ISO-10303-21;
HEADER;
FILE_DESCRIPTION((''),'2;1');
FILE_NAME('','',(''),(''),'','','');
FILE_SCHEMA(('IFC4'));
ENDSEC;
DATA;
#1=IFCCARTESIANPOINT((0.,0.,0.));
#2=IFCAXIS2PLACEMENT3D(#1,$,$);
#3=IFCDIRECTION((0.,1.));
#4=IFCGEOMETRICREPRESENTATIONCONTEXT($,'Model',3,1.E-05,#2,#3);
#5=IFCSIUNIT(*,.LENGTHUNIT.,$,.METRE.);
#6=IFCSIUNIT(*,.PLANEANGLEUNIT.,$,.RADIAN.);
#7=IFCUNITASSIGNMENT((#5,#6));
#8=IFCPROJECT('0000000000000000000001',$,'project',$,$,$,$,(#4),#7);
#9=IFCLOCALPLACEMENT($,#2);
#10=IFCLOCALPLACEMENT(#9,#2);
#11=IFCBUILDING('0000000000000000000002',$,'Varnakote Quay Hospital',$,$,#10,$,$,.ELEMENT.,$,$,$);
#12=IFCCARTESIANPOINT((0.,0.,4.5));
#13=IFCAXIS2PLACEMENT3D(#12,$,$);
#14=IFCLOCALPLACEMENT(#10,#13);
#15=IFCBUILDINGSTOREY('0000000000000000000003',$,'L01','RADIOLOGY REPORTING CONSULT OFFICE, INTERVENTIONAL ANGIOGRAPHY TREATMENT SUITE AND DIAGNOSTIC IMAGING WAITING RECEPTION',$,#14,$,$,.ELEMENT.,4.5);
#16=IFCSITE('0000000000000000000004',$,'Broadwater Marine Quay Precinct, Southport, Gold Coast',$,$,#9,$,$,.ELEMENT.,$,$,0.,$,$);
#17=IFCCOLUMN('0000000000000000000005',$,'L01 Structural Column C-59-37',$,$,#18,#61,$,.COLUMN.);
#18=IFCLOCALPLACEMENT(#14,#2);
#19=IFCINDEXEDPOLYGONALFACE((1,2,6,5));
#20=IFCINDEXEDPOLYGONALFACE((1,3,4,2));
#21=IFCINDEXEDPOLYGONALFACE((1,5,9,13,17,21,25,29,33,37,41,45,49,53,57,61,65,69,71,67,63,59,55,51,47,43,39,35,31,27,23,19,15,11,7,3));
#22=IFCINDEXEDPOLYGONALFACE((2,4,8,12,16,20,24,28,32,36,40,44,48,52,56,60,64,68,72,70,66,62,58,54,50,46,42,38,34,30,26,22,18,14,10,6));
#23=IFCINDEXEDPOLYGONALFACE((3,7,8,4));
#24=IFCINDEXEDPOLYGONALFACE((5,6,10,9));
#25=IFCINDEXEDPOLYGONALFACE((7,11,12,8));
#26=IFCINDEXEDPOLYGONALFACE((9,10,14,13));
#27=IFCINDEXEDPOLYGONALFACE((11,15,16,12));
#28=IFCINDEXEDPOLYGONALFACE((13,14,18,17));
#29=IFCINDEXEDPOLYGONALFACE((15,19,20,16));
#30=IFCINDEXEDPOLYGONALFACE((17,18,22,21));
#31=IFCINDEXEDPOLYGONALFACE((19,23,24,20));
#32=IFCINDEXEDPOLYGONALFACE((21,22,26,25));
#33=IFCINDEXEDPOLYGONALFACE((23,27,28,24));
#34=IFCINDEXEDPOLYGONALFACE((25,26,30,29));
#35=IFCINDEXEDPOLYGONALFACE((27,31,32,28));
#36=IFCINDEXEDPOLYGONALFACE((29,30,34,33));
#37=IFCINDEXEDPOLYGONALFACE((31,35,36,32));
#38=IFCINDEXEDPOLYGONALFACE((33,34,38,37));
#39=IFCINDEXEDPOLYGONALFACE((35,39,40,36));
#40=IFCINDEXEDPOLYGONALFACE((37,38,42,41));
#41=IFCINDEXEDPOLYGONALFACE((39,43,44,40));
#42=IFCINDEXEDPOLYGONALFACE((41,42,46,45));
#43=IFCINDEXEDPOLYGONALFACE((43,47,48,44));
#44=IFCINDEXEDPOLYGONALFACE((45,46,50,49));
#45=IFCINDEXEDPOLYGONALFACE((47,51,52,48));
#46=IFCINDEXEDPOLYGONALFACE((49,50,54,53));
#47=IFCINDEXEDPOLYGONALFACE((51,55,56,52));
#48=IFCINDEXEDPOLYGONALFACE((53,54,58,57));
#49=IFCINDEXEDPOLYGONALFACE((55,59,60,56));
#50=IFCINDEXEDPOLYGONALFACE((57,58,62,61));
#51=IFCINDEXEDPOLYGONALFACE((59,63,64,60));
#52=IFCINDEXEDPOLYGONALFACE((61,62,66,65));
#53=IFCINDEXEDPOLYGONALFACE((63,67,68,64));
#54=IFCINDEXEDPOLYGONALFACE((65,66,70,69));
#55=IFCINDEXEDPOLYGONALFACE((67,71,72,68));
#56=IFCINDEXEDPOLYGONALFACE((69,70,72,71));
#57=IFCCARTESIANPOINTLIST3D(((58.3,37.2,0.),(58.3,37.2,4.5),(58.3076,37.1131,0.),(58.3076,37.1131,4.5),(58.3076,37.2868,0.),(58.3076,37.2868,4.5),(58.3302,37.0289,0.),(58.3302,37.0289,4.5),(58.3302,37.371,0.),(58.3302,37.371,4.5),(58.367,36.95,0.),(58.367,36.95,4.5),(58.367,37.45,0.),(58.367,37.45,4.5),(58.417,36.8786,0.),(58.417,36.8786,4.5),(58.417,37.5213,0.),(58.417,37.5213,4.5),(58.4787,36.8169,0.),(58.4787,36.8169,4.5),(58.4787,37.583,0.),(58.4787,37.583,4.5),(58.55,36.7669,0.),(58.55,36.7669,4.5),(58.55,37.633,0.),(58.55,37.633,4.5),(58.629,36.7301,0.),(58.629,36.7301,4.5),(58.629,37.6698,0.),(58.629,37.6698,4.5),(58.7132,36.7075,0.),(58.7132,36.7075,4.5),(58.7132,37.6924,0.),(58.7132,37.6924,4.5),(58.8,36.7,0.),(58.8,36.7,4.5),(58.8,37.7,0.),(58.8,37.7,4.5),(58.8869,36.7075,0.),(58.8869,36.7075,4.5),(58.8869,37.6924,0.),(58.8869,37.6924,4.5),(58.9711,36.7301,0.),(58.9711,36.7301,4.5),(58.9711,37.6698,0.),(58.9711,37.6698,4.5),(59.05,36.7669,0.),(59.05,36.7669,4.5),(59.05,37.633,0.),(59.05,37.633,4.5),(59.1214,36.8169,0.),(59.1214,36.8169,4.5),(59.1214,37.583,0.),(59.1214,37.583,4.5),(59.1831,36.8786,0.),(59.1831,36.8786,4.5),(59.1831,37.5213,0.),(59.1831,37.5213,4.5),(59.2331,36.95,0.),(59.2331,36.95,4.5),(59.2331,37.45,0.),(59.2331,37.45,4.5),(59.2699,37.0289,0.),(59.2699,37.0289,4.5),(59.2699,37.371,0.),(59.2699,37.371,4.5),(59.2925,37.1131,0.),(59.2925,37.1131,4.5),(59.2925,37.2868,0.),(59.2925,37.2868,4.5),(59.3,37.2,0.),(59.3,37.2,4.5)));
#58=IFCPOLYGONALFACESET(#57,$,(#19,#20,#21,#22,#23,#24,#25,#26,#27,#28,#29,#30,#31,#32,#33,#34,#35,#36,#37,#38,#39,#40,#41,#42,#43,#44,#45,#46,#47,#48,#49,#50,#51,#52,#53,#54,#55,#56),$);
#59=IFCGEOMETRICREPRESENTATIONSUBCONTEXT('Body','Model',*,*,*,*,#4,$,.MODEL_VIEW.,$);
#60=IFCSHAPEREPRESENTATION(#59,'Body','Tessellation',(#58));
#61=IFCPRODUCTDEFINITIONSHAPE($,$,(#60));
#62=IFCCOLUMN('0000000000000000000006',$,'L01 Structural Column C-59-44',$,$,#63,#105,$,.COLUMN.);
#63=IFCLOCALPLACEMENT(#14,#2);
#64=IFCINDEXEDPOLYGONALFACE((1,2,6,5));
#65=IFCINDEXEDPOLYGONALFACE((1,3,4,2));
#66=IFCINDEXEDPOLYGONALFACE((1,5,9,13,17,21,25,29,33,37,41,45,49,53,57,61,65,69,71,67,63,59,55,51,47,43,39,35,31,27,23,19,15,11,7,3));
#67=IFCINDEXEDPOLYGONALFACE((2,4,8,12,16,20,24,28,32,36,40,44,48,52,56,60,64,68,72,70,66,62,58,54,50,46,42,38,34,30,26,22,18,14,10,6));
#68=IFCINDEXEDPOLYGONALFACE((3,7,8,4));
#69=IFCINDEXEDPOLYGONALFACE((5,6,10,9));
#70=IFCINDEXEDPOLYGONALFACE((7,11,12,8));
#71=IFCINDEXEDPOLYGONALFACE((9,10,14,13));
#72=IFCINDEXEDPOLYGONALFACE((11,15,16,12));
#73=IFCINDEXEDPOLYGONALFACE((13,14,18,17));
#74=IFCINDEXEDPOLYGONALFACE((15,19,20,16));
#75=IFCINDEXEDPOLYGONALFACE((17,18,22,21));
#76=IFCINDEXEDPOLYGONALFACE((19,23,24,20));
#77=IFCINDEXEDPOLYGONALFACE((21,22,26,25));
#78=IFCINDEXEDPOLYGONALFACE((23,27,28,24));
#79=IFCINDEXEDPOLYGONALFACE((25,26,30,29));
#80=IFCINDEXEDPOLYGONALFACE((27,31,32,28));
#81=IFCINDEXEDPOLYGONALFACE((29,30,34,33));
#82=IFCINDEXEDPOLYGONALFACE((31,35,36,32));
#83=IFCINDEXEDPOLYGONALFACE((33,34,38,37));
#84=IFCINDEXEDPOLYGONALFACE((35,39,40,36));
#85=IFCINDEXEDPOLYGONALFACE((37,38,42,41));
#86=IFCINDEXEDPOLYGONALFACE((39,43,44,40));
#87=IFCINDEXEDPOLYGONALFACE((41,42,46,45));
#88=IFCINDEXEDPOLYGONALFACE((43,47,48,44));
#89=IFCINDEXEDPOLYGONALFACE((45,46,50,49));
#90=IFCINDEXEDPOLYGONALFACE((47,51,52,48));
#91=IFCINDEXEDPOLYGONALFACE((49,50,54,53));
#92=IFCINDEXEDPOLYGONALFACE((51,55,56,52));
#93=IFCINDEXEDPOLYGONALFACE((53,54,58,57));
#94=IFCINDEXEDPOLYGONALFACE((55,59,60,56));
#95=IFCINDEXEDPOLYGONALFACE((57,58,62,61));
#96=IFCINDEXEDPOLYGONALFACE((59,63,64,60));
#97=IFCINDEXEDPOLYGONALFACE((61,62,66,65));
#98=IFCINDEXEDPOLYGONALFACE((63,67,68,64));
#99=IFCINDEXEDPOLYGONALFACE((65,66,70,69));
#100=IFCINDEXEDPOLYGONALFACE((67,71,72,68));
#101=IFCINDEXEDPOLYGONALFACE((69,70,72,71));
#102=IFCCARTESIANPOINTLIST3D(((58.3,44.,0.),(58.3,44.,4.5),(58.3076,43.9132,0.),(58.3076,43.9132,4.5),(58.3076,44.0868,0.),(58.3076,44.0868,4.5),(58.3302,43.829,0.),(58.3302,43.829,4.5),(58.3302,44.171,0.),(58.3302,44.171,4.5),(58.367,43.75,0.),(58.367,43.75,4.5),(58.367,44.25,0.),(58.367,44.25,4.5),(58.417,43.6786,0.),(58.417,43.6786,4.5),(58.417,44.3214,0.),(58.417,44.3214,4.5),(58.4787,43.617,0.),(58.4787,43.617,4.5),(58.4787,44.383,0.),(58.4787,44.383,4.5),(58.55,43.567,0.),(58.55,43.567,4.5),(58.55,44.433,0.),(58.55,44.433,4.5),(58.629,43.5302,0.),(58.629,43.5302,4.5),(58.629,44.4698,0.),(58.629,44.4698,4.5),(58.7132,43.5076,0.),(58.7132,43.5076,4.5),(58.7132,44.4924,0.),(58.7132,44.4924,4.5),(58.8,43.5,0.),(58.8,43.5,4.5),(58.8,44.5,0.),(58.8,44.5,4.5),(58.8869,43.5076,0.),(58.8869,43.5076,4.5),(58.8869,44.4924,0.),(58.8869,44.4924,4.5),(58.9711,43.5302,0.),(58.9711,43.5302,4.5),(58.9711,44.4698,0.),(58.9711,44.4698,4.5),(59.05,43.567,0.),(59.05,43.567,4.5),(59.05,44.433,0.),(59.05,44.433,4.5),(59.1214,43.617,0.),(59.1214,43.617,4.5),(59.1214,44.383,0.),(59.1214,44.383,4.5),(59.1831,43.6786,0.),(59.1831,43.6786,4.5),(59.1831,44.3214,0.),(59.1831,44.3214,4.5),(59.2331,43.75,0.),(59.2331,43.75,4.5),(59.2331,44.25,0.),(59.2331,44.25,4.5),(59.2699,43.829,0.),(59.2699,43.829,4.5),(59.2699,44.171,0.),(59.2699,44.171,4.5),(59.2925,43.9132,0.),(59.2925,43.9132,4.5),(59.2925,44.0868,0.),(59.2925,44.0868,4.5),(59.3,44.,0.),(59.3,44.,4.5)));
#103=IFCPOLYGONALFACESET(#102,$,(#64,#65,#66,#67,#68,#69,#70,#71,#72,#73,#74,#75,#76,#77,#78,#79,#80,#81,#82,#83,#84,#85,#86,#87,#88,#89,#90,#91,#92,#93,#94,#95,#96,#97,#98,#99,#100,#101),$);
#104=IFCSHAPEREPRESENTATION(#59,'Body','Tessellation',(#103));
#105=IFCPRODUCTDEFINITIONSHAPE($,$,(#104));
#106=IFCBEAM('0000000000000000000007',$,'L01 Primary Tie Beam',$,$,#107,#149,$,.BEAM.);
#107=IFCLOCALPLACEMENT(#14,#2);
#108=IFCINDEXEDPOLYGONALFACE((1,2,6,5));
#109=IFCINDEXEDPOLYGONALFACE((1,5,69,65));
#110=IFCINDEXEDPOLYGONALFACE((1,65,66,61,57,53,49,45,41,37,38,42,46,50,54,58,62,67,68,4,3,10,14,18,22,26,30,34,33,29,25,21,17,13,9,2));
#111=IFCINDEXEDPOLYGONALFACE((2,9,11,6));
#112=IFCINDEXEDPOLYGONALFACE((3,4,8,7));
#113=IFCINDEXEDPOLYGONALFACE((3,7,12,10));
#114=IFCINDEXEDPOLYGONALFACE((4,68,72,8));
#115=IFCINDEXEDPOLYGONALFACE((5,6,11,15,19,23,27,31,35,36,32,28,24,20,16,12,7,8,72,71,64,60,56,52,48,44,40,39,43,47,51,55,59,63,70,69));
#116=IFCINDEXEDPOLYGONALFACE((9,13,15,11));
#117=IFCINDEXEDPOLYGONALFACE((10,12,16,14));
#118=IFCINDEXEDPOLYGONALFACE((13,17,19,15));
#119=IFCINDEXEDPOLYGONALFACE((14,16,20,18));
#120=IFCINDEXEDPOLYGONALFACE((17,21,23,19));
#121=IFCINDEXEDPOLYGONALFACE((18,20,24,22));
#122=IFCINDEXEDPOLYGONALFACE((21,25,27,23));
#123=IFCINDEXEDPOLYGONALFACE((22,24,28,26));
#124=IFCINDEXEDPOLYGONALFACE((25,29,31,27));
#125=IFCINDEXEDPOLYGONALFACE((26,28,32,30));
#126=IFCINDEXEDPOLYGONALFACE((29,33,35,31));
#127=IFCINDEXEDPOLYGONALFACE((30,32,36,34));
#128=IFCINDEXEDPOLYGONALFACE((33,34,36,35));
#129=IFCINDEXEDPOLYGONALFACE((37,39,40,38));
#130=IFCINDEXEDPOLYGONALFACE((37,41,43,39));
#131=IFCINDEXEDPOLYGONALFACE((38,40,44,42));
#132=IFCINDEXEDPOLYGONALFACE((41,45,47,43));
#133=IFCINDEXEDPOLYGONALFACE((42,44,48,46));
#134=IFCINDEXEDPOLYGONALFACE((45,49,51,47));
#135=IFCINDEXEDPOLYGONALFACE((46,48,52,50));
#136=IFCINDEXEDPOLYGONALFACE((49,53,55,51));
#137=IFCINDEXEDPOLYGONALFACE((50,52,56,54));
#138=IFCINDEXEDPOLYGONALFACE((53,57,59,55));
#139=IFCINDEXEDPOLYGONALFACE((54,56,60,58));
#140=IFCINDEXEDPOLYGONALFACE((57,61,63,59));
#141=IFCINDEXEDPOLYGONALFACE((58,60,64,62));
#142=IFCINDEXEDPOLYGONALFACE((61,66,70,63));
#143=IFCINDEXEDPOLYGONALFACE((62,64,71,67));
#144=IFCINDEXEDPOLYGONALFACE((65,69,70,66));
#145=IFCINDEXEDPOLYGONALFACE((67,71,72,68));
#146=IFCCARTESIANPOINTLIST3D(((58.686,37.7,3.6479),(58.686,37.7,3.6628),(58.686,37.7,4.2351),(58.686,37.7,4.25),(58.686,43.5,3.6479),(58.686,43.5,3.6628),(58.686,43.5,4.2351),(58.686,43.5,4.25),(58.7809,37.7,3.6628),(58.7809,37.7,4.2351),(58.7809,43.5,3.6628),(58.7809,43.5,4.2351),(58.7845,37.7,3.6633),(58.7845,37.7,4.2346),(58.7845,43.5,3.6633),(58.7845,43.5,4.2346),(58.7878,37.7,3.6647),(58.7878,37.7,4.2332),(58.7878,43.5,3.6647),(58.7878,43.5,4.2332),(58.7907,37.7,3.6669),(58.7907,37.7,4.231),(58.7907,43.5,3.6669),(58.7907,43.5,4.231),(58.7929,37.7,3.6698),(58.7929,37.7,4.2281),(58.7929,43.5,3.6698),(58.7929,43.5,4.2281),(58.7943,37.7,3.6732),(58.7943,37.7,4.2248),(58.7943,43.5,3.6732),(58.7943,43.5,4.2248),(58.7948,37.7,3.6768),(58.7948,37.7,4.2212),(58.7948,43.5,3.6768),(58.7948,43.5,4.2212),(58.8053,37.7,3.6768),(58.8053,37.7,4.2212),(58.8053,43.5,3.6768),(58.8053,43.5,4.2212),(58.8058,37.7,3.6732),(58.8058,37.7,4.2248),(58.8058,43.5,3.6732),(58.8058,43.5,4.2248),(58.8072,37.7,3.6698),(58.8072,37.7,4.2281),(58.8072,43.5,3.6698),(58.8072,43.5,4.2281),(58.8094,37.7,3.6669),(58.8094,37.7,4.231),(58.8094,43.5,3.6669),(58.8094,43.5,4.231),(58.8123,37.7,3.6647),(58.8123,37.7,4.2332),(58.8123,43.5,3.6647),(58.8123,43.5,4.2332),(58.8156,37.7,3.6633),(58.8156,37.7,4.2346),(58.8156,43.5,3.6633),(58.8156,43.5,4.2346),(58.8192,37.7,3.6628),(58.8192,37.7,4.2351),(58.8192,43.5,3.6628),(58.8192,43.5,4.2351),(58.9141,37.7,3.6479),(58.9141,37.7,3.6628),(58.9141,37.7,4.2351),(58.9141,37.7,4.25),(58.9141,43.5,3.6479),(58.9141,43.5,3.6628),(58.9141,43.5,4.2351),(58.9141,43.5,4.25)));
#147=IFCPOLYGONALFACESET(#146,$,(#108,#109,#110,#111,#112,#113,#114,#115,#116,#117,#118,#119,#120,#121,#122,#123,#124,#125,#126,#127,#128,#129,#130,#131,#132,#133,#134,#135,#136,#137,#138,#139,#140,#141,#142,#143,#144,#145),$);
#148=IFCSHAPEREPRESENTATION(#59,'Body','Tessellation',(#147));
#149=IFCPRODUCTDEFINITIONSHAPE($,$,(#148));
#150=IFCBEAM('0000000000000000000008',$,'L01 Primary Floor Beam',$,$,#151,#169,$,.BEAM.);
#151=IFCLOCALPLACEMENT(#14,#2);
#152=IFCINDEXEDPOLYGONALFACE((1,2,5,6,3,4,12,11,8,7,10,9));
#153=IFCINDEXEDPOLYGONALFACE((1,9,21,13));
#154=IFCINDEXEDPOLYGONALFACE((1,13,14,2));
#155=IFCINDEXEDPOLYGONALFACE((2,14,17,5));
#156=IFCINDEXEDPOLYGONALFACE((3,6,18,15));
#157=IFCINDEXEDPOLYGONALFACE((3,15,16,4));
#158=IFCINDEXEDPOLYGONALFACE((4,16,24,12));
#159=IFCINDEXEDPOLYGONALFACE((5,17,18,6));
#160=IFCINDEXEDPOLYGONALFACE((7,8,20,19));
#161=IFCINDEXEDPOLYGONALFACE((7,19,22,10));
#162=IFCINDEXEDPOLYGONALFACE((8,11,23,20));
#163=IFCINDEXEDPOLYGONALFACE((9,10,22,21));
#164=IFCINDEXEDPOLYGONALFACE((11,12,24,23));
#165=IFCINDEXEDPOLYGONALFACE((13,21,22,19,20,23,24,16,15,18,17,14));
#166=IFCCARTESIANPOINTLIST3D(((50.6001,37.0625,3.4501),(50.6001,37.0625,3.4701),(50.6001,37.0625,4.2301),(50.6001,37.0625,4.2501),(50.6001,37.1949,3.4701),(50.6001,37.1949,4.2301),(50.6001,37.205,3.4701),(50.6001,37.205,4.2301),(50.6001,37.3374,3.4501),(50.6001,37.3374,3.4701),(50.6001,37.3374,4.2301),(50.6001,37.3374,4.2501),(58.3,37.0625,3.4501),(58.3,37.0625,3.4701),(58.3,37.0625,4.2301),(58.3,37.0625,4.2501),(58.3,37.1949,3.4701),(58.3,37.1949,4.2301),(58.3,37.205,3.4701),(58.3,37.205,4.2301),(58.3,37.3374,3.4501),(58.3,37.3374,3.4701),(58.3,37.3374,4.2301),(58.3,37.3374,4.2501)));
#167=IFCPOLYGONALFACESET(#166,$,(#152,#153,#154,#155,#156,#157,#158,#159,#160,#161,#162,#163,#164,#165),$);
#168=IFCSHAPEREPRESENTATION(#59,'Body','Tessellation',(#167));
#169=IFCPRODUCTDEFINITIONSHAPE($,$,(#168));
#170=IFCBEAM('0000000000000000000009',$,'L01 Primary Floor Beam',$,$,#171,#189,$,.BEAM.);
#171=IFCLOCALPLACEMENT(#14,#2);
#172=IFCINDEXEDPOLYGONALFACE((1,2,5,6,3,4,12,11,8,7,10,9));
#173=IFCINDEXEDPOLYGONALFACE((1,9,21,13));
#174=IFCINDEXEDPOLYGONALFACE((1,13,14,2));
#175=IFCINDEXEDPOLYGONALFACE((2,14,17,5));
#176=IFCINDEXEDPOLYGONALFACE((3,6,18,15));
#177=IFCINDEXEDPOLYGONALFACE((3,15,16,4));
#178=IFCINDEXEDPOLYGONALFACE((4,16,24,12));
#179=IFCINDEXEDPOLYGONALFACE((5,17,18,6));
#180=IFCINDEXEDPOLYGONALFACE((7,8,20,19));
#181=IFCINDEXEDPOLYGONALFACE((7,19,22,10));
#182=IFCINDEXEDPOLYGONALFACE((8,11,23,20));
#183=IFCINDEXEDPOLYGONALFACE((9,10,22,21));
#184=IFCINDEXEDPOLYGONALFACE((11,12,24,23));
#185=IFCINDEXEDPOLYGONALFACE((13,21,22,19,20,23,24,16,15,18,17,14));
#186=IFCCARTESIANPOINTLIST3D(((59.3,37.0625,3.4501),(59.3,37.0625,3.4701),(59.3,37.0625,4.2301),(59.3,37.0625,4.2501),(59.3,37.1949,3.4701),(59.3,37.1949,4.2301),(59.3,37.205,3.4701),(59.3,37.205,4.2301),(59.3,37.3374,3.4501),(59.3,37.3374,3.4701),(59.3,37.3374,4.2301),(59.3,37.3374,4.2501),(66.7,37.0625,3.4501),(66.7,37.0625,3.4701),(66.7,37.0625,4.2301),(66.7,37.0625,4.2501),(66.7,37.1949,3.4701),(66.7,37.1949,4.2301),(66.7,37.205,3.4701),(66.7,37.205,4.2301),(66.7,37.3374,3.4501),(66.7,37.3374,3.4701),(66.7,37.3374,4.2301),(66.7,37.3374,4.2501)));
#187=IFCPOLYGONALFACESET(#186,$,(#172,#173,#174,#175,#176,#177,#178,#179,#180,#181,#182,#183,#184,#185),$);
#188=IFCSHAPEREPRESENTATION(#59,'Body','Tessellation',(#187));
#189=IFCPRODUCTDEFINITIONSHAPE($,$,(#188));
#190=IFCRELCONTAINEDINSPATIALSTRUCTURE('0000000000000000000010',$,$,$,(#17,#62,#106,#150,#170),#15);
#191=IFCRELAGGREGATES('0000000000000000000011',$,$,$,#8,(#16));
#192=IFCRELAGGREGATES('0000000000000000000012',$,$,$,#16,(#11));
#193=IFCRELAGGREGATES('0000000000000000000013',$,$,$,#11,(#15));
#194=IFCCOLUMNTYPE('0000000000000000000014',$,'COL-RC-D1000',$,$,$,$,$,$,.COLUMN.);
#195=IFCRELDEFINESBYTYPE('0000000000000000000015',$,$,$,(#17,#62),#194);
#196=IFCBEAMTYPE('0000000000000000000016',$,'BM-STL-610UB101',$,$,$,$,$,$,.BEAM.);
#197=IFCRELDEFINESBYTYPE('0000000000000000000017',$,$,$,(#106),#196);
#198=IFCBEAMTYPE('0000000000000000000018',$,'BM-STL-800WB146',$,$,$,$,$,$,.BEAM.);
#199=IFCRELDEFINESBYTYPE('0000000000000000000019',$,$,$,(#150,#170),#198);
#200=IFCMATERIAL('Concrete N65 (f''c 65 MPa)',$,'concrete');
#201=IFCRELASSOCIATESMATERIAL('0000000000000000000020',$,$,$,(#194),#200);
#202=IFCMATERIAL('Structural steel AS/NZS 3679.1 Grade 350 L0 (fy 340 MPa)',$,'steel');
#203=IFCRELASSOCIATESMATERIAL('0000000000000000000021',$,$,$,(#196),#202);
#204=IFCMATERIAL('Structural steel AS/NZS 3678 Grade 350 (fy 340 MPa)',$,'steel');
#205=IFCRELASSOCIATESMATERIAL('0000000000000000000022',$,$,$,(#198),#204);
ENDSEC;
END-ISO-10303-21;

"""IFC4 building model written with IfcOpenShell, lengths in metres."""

from ifc_helpers import new_model, si_unit, direction, frame, origin, origin_2d, place, context, subcontext, project, spatial, circle, i_section, extrude, material, material_profile, profile_set, type_object, element, save


model = new_model("IFC4")

# Units and contexts
model_context = context("Model", 3, precision=1e-05, world=origin(), true_north=direction((0.0, 1.0)))
body_context = subcontext(model_context, "Body", "Model", "MODEL_VIEW")
ifc_project = project(units=[si_unit("LENGTHUNIT", "METRE"), si_unit("PLANEANGLEUNIT", "RADIAN")], contexts=[model_context])

# Site, building, storey
site_placement = place(None, origin())
site = spatial("IfcSite", under=ifc_project, at=site_placement, Name="Broadwater Marine Quay Precinct, Southport, Gold Coast", CompositionType="ELEMENT", RefElevation=0.0)
building_placement = place(site_placement, origin())
building = spatial("IfcBuilding", under=site, at=building_placement, Name="Varnakote Quay Hospital", CompositionType="ELEMENT")
storey_placement = place(building_placement, frame((0.0, 0.0, 4.5)))
storey = spatial("IfcBuildingStorey", under=building, at=storey_placement, Name="L01", Description="RADIOLOGY REPORTING CONSULT OFFICE, INTERVENTIONAL ANGIOGRAPHY TREATMENT SUITE AND DIAGNOSTIC IMAGING WAITING RECEPTION", CompositionType="ELEMENT", Elevation=4.5)

# Columns
ifc_material_1 = material(Name="Concrete N65 (f'c 65 MPa)", Category="concrete")
ifc_material_profile_1 = material_profile(ifc_material_1, circle(Radius=0.5, at=origin_2d()), Name="RC-COL-D1000")
ifc_profile_set_1 = profile_set([ifc_material_profile_1], Name="Concrete N65 (f'c 65 MPa)")
column_type = type_object("IfcColumnType", Name="COL-RC-D1000", PredefinedType="COLUMN", material=ifc_profile_set_1)
for number, where, z_axis, x_axis, name in (
    (1, (58.8, 37.2, 0.0), (0.0, 0.0, 1.0), (1.0, 0.0, 0.0), "L01 Structural Column C-59-37"),
    (2, (58.8, 44.0, 0.0), (0.0, 0.0, 1.0), (1.0, 0.0, 0.0), "L01 Structural Column C-59-44"),
):
    element("IfcColumn", number, at=place(storey_placement, frame(where, z_axis=z_axis, x_axis=x_axis)), inside=storey, type_object=column_type, Name=name, PredefinedType="COLUMN", context=body_context, shape_type="SweptSolid", body=[
        extrude(circle(Radius=0.5, at=origin_2d()), origin(), (0.0, 0.0, 1.0), 4.5),
    ])

# Beams
ifc_material_2 = material(Name="Structural steel AS/NZS 3679.1 Grade 350 L0 (fy 340 MPa)", Category="steel")
ifc_material_profile_2 = material_profile(ifc_material_2, i_section(OverallWidth=0.228, OverallDepth=0.6021, WebThickness=0.0105, FlangeThickness=0.0149, FilletRadius=0.0139, at=origin_2d()), Name="610UB101")
ifc_profile_set_2 = profile_set([ifc_material_profile_2], Name="Structural steel AS/NZS 3679.1 Grade 350 L0 (fy 340 MPa)")
beam_type_1 = type_object("IfcBeamType", Name="BM-STL-610UB101", PredefinedType="BEAM", material=ifc_profile_set_2)
beam_1_placement = place(storey_placement, frame((58.8, 37.7, 3.949), z_axis=(0.0, 1.0, 0.0), x_axis=(-1.0, 0.0, 0.0)))
element("IfcBeam", 3, at=beam_1_placement, inside=storey, type_object=beam_type_1, Name="L01 Primary Tie Beam", PredefinedType="BEAM", context=body_context, shape_type="SweptSolid", body=[
    extrude(i_section(OverallWidth=0.228, OverallDepth=0.6021, WebThickness=0.0105, FlangeThickness=0.0149, FilletRadius=0.0139, at=origin_2d()), origin(), (0.0, 0.0, 1.0), 5.8),
])
ifc_material_3 = material(Name="Structural steel AS/NZS 3678 Grade 350 (fy 340 MPa)", Category="steel")
ifc_material_profile_3 = material_profile(ifc_material_3, i_section(OverallWidth=0.2749, OverallDepth=0.8, WebThickness=0.01, FlangeThickness=0.02, at=origin_2d()), Name="800WB146")
ifc_profile_set_3 = profile_set([ifc_material_profile_3], Name="Structural steel AS/NZS 3678 Grade 350 (fy 340 MPa)")
beam_type_2 = type_object("IfcBeamType", Name="BM-STL-800WB146", PredefinedType="BEAM", material=ifc_profile_set_3)
beam_2_placement = place(storey_placement, frame((50.6001, 37.2, 3.8501), z_axis=(1.0, 0.0, 0.0), x_axis=(0.0, 1.0, 0.0)))
element("IfcBeam", 4, at=beam_2_placement, inside=storey, type_object=beam_type_2, Name="L01 Primary Floor Beam", PredefinedType="BEAM", context=body_context, shape_type="SweptSolid", body=[
    extrude(i_section(OverallWidth=0.2749, OverallDepth=0.8, WebThickness=0.01, FlangeThickness=0.02, at=origin_2d()), origin(), (0.0, 0.0, 1.0), 7.7),
])
beam_3_placement = place(storey_placement, frame((59.3, 37.2, 3.8501), z_axis=(1.0, 0.0, 0.0), x_axis=(0.0, 1.0, 0.0)))
element("IfcBeam", 5, at=beam_3_placement, inside=storey, type_object=beam_type_2, Name="L01 Primary Floor Beam", PredefinedType="BEAM", context=body_context, shape_type="SweptSolid", body=[
    extrude(i_section(OverallWidth=0.2749, OverallDepth=0.8, WebThickness=0.01, FlangeThickness=0.02, at=origin_2d()), origin(), (0.0, 0.0, 1.0), 7.3999),
])

save(model, "model.ifc")
